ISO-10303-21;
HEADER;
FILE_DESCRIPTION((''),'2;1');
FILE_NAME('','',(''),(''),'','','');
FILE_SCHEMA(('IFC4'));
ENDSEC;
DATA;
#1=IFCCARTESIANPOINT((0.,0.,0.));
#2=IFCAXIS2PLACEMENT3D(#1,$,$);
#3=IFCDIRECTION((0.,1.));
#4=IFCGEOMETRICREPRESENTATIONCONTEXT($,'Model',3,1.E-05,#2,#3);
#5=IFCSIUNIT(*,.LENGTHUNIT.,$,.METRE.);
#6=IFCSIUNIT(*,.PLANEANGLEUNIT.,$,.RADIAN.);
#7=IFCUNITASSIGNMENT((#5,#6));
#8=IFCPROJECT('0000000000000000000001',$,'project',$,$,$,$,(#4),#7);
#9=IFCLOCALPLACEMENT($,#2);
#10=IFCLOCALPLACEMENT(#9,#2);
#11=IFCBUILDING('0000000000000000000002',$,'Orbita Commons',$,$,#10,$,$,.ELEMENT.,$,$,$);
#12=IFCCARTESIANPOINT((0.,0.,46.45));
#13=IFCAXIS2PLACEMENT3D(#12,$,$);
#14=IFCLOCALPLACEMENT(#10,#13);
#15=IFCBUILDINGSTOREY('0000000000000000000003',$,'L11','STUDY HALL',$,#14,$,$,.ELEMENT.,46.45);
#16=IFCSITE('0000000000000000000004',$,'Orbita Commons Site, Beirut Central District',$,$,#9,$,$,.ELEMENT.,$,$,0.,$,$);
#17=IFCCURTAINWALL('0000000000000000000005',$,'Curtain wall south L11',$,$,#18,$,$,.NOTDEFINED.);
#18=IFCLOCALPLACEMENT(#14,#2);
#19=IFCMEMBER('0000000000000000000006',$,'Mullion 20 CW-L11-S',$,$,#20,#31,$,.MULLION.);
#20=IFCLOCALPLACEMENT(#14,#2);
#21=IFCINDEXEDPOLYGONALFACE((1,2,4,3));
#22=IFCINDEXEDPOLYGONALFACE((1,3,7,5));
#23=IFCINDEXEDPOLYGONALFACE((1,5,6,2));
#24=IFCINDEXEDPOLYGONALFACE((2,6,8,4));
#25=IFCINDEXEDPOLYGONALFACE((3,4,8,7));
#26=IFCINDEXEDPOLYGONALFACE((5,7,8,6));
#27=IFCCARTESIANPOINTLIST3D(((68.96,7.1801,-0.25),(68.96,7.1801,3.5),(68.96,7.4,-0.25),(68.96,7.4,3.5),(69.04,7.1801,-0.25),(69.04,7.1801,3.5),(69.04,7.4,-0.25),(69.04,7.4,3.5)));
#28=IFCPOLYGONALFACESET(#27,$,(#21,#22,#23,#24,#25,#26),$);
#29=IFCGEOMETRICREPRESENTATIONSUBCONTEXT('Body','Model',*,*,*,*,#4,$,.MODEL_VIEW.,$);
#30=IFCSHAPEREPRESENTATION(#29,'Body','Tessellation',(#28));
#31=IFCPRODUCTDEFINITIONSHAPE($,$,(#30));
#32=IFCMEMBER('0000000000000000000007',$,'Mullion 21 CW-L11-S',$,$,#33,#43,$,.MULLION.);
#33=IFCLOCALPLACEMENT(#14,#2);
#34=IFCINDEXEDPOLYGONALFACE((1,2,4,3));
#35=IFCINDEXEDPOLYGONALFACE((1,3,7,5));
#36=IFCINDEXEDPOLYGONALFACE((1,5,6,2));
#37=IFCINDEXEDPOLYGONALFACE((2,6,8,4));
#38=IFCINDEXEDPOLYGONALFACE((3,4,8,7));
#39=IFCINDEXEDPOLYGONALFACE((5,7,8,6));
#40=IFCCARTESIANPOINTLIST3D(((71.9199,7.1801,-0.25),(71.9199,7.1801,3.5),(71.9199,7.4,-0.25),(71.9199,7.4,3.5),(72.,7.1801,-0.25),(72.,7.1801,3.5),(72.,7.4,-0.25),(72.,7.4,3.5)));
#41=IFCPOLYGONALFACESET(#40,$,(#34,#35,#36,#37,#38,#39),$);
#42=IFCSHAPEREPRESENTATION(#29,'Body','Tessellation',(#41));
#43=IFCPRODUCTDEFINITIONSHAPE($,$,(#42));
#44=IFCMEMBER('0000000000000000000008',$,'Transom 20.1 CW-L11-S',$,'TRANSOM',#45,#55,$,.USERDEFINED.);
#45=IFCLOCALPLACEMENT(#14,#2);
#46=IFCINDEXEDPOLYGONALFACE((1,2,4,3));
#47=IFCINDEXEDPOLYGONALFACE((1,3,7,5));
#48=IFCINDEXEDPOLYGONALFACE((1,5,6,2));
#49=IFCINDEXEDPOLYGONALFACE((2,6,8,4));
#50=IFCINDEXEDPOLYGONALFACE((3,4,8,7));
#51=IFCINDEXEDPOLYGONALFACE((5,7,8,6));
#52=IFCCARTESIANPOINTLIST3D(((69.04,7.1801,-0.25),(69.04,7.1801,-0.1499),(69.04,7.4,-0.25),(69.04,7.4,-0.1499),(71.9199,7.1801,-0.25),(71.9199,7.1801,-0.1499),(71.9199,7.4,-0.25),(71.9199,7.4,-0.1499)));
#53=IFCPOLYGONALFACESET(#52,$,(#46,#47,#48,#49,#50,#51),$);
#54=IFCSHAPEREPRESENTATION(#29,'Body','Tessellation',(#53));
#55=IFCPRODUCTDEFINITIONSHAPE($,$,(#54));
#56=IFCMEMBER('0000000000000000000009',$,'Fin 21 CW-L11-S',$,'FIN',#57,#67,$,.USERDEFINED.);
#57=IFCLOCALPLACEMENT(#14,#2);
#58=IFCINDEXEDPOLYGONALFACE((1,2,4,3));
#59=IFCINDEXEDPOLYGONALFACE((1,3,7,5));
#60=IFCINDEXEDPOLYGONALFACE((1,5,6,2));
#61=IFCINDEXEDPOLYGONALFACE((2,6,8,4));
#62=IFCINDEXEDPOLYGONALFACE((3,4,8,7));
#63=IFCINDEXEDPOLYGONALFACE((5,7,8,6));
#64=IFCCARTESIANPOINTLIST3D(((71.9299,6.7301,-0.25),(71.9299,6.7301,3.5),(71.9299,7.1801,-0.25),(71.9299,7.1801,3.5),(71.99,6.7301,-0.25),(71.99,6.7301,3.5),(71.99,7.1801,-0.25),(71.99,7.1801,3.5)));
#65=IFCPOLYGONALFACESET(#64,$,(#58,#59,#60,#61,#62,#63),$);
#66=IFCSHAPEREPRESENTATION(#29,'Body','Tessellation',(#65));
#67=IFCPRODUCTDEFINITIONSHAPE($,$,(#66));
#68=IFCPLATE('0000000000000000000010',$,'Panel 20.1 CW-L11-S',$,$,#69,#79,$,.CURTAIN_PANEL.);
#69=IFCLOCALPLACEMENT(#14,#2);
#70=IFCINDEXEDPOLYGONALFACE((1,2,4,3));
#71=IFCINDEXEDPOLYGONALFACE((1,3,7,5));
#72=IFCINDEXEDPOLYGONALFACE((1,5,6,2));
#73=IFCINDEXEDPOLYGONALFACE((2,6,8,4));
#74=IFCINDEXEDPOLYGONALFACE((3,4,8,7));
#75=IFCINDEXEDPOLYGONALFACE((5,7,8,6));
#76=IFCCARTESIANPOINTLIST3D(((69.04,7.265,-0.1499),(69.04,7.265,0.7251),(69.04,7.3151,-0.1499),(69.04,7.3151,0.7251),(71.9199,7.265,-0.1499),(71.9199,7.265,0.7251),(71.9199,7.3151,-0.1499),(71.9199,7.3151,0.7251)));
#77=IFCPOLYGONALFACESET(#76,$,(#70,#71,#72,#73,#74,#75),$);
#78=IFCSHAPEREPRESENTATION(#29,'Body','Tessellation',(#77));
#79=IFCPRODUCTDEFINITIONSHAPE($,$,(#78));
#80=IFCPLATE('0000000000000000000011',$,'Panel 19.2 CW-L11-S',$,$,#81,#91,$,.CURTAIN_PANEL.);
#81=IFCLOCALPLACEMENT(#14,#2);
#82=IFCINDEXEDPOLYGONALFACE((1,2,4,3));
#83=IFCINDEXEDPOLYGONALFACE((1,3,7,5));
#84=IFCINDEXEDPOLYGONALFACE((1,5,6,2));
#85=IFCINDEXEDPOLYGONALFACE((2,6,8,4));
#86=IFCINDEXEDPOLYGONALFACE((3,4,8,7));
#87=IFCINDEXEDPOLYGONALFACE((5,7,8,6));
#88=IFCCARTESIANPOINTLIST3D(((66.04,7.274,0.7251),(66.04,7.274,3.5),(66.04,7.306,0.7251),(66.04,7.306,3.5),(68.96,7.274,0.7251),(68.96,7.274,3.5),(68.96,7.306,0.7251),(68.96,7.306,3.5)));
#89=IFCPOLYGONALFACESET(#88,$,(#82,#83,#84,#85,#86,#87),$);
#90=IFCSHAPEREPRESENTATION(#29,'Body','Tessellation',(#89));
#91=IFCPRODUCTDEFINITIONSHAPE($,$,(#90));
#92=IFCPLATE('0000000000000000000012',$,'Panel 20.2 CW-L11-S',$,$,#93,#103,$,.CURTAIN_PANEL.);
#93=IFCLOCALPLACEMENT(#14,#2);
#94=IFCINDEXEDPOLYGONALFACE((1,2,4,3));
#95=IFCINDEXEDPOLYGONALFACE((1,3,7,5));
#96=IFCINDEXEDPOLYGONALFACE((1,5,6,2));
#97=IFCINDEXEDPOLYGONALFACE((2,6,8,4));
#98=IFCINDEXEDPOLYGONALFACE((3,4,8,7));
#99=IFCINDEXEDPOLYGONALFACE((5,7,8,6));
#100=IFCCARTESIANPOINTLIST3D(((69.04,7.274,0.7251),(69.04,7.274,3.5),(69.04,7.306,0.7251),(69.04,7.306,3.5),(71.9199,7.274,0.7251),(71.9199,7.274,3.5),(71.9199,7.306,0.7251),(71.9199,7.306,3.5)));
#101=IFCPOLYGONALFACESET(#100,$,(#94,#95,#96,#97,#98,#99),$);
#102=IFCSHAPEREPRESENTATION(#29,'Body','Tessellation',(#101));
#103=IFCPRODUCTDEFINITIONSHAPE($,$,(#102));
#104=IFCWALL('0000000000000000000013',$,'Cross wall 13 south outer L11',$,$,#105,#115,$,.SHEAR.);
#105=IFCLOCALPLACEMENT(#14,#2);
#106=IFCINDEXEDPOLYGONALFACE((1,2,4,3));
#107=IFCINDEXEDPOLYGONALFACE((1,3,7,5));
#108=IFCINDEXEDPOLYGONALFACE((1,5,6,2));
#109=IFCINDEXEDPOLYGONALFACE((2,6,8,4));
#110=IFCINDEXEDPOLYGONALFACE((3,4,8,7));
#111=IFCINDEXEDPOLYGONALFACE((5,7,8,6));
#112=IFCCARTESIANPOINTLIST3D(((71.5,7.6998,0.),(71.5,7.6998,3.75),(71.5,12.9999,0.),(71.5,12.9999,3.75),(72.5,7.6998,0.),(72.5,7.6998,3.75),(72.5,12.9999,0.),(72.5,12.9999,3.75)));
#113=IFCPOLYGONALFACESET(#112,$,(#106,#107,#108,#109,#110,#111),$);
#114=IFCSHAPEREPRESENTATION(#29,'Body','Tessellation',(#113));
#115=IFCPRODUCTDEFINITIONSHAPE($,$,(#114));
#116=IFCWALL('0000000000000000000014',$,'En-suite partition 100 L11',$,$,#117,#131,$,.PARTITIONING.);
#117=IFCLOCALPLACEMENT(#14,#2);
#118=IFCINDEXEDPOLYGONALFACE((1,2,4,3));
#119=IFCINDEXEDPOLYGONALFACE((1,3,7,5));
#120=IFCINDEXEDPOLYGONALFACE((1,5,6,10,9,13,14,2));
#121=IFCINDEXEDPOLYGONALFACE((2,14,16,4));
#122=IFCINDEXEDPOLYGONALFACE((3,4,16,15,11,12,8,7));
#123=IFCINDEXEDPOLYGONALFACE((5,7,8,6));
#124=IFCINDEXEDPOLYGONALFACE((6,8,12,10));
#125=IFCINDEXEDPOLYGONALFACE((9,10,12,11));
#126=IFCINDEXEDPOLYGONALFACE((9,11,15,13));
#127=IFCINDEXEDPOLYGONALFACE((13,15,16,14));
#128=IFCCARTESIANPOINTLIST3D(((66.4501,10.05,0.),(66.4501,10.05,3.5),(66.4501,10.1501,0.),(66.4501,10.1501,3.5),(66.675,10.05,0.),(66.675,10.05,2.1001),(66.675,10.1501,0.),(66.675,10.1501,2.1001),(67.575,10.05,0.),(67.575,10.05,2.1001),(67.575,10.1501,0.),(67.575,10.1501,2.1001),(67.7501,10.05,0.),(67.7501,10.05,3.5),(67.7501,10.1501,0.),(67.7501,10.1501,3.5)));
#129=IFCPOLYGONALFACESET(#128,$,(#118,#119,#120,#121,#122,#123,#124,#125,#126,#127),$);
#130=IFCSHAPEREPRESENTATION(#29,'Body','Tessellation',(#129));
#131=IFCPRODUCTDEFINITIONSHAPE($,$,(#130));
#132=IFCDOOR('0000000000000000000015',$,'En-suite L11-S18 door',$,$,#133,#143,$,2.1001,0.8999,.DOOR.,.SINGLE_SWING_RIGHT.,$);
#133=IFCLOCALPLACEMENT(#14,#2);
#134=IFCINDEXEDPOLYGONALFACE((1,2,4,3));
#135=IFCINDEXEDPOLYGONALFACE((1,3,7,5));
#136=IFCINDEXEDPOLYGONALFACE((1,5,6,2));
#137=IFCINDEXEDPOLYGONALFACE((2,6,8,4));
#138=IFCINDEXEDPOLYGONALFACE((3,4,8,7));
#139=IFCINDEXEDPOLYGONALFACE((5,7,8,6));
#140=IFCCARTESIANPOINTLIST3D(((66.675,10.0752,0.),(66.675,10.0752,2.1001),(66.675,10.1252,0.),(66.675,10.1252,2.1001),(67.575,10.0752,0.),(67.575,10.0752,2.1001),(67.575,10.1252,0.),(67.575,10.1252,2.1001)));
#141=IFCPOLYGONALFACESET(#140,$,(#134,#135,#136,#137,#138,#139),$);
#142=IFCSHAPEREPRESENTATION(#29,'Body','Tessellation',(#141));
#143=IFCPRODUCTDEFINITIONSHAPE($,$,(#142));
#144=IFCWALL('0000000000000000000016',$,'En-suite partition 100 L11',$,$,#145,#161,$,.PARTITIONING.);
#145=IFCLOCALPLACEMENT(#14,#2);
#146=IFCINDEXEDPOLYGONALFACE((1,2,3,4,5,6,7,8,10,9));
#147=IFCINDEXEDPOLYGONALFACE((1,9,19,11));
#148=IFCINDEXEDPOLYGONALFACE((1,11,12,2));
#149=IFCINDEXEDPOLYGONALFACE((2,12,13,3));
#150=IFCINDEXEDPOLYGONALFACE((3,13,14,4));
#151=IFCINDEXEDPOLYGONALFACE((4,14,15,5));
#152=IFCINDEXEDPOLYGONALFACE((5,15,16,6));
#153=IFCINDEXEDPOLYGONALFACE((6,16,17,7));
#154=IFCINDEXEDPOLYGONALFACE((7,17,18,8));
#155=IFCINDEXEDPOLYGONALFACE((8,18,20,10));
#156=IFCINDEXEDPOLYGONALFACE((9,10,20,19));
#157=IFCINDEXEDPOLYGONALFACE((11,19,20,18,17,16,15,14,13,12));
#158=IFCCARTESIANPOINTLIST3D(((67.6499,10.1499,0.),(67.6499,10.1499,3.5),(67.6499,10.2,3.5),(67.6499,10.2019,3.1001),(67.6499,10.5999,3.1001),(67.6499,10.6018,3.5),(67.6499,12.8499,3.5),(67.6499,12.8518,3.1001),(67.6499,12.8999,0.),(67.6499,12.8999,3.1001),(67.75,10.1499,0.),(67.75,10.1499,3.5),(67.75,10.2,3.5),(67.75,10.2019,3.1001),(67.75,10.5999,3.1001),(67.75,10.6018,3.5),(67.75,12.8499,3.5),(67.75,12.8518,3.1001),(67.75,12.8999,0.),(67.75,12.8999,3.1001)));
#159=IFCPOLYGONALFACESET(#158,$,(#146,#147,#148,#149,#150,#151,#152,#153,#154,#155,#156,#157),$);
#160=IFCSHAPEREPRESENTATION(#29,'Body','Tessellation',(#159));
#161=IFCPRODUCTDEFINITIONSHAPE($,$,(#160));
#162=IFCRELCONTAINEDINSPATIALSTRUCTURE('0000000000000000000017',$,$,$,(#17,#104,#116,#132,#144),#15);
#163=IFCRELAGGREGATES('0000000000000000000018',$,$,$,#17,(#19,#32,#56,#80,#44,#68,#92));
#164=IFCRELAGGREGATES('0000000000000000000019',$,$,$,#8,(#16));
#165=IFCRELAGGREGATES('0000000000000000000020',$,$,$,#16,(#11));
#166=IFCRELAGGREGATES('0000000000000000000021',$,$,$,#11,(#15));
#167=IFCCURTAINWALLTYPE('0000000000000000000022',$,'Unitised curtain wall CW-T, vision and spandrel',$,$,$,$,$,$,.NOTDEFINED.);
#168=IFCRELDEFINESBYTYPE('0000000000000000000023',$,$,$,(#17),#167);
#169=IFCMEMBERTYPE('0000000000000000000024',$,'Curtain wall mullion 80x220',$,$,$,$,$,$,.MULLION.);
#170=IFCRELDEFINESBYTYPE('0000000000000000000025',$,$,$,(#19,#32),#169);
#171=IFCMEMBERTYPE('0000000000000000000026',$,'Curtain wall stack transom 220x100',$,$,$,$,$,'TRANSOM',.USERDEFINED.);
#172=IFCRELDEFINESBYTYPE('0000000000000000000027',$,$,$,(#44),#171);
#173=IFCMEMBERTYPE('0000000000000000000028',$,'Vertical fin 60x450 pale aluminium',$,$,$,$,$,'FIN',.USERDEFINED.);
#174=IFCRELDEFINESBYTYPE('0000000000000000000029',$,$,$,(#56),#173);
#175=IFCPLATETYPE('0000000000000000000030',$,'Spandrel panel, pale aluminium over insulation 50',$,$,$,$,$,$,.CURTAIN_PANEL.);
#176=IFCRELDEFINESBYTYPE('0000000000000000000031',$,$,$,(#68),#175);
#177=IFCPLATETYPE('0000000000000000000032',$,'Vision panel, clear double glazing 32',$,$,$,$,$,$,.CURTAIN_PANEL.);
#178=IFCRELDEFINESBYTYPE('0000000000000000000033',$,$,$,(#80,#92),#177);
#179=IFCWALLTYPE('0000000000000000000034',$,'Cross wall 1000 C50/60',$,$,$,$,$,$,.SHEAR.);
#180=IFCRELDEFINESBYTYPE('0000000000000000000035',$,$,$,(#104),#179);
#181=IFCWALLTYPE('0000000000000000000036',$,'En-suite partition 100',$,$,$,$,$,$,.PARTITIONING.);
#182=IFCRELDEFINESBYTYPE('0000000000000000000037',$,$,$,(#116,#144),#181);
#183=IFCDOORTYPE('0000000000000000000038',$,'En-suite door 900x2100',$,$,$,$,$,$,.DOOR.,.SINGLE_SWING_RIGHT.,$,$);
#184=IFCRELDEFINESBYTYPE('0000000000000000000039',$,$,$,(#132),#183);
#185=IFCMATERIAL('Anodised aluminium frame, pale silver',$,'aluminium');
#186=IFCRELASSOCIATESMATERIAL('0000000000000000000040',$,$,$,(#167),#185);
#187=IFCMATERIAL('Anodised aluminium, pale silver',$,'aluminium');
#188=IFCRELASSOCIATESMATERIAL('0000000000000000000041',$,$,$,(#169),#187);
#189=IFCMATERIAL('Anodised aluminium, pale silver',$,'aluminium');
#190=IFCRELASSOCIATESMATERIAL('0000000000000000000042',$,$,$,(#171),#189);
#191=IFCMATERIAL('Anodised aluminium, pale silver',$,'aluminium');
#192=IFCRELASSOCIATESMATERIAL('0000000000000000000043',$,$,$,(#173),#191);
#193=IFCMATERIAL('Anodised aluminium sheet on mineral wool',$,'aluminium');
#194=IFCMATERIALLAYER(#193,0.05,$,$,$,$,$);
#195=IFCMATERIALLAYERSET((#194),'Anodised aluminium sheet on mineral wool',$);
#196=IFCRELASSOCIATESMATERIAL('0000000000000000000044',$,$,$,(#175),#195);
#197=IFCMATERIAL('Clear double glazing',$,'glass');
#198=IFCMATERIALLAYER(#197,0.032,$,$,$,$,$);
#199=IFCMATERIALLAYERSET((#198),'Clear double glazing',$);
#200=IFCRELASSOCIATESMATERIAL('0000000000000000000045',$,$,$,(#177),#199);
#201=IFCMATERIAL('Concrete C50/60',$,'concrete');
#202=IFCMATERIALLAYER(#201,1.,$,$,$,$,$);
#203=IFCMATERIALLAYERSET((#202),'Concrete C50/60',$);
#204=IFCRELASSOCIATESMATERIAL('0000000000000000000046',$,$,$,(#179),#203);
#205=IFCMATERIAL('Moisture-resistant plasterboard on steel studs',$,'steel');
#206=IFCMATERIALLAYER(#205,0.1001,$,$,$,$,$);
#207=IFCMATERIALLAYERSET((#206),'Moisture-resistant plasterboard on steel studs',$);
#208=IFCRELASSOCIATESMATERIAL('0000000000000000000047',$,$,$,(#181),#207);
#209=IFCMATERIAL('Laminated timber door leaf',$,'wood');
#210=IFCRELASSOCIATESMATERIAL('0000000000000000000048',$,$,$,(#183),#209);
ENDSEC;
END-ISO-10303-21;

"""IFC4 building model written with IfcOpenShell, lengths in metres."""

from ifc_helpers import new_model, si_unit, direction, frame, frame_2d, origin, origin_2d, place, context, subcontext, project, spatial, polyline, rectangle, outline, extrude, material, layer, layer_set, material_profile, profile_set, type_object, element, fill, aggregate, save


model = new_model("IFC4")

# Units and contexts
model_context = context("Model", 3, precision=1e-05, world=origin(), true_north=direction((0.0, 1.0)))
body_context = subcontext(model_context, "Body", "Model", "MODEL_VIEW")
ifc_project = project(units=[si_unit("LENGTHUNIT", "METRE"), si_unit("PLANEANGLEUNIT", "RADIAN")], contexts=[model_context])

# Site, building, storey
site_placement = place(None, origin())
site = spatial("IfcSite", under=ifc_project, at=site_placement, Name="Orbita Commons Site, Beirut Central District", CompositionType="ELEMENT", RefElevation=0.0)
building_placement = place(site_placement, origin())
building = spatial("IfcBuilding", under=site, at=building_placement, Name="Orbita Commons", CompositionType="ELEMENT")
storey_placement = place(building_placement, frame((0.0, 0.0, 46.45)))
storey = spatial("IfcBuildingStorey", under=building, at=storey_placement, Name="L11", Description="STUDY HALL", CompositionType="ELEMENT", Elevation=46.45)

# Curtain wall, members, plates
ifc_material_1 = material(Name="Anodised aluminium frame, pale silver", Category="aluminium")
curtain_wall_type = type_object("IfcCurtainWallType", Name="Unitised curtain wall CW-T, vision and spandrel", PredefinedType="NOTDEFINED", material=ifc_material_1)
curtain_wall_placement = place(storey_placement, origin())
curtain_wall = element("IfcCurtainWall", 1, at=curtain_wall_placement, inside=storey, type_object=curtain_wall_type, Name="Curtain wall south L11", PredefinedType="NOTDEFINED")
ifc_material_2 = material(Name="Anodised aluminium, pale silver", Category="aluminium")
ifc_material_profile_1 = material_profile(ifc_material_2, rectangle(XDim=0.0801, YDim=0.22, at=origin_2d()), Name="AL 80x220")
ifc_profile_set_1 = profile_set([ifc_material_profile_1], Name="Anodised aluminium, pale silver")
member_type_1 = type_object("IfcMemberType", Name="Curtain wall mullion 80x220", PredefinedType="MULLION", material=ifc_profile_set_1)
member_1_placement = place(storey_placement, frame((69.0, 7.29, -0.25), z_axis=(0.0, 0.0, 1.0), x_axis=(1.0, 0.0, 0.0)))
member_1 = element("IfcMember", 2, at=member_1_placement, type_object=member_type_1, Name="Mullion 20 CW-L11-S", PredefinedType="MULLION", context=body_context, shape_type="SweptSolid", body=[
    extrude(rectangle(XDim=0.0801, YDim=0.22, at=origin_2d()), origin(), (0.0, 0.0, 1.0), 3.75),
])
member_2_placement = place(storey_placement, frame((71.96, 7.29, -0.25), z_axis=(0.0, 0.0, 1.0), x_axis=(1.0, 0.0, 0.0)))
member_2 = element("IfcMember", 3, at=member_2_placement, type_object=member_type_1, Name="Mullion 21 CW-L11-S", PredefinedType="MULLION", context=body_context, shape_type="SweptSolid", body=[
    extrude(rectangle(XDim=0.0801, YDim=0.22, at=origin_2d()), origin(), (0.0, 0.0, 1.0), 3.75),
])
ifc_material_3 = material(Name="Anodised aluminium, pale silver", Category="aluminium")
ifc_material_profile_2 = material_profile(ifc_material_3, rectangle(XDim=0.22, YDim=0.1001, at=origin_2d()), Name="AL 220x100")
ifc_profile_set_2 = profile_set([ifc_material_profile_2], Name="Anodised aluminium, pale silver")
member_type_2 = type_object("IfcMemberType", Name="Curtain wall stack transom 220x100", ElementType="TRANSOM", PredefinedType="USERDEFINED", material=ifc_profile_set_2)
member_3_placement = place(storey_placement, frame((69.04, 7.29, -0.2), z_axis=(1.0, 0.0, 0.0), x_axis=(0.0, 1.0, 0.0)))
member_3 = element("IfcMember", 4, at=member_3_placement, type_object=member_type_2, Name="Transom 20.1 CW-L11-S", ObjectType="TRANSOM", PredefinedType="USERDEFINED", context=body_context, shape_type="SweptSolid", body=[
    extrude(rectangle(XDim=0.22, YDim=0.1001, at=origin_2d()), origin(), (0.0, 0.0, 1.0), 2.8799),
])
ifc_material_4 = material(Name="Anodised aluminium, pale silver", Category="aluminium")
ifc_material_profile_3 = material_profile(ifc_material_4, rectangle(XDim=0.0601, YDim=0.45, at=origin_2d()), Name="FIN 60x450")
ifc_profile_set_3 = profile_set([ifc_material_profile_3], Name="Anodised aluminium, pale silver")
member_type_3 = type_object("IfcMemberType", Name="Vertical fin 60x450 pale aluminium", ElementType="FIN", PredefinedType="USERDEFINED", material=ifc_profile_set_3)
member_4_placement = place(storey_placement, frame((71.96, 6.9551, -0.25), z_axis=(0.0, 0.0, 1.0), x_axis=(1.0, 0.0, 0.0)))
member_4 = element("IfcMember", 5, at=member_4_placement, type_object=member_type_3, Name="Fin 21 CW-L11-S", ObjectType="FIN", PredefinedType="USERDEFINED", context=body_context, shape_type="SweptSolid", body=[
    extrude(rectangle(XDim=0.0601, YDim=0.45, at=origin_2d()), origin(), (0.0, 0.0, 1.0), 3.75),
])
ifc_material_5 = material(Name="Anodised aluminium sheet on mineral wool", Category="aluminium")
ifc_layer_1 = layer(ifc_material_5, 0.05)
ifc_layer_set_1 = layer_set([ifc_layer_1], Name="Anodised aluminium sheet on mineral wool")
plate_type_1 = type_object("IfcPlateType", Name="Spandrel panel, pale aluminium over insulation 50", PredefinedType="CURTAIN_PANEL", material=ifc_layer_set_1)
plate_1_placement = place(storey_placement, frame((70.48, 7.29, -0.1499), z_axis=(0.0, 0.0, 1.0), x_axis=(1.0, 0.0, 0.0)))
plate_1 = element("IfcPlate", 6, at=plate_1_placement, type_object=plate_type_1, Name="Panel 20.1 CW-L11-S", PredefinedType="CURTAIN_PANEL", context=body_context, shape_type="SweptSolid", body=[
    extrude(rectangle(XDim=2.8799, YDim=0.05, at=origin_2d()), origin(), (0.0, 0.0, 1.0), 0.875),
])
ifc_material_6 = material(Name="Clear double glazing", Category="glass")
ifc_layer_2 = layer(ifc_material_6, 0.032)
ifc_layer_set_2 = layer_set([ifc_layer_2], Name="Clear double glazing")
plate_type_2 = type_object("IfcPlateType", Name="Vision panel, clear double glazing 32", PredefinedType="CURTAIN_PANEL", material=ifc_layer_set_2)
plate_2_placement = place(storey_placement, frame((67.5, 7.29, 0.7251), z_axis=(0.0, 0.0, 1.0), x_axis=(1.0, 0.0, 0.0)))
plate_2 = element("IfcPlate", 7, at=plate_2_placement, type_object=plate_type_2, Name="Panel 19.2 CW-L11-S", PredefinedType="CURTAIN_PANEL", context=body_context, shape_type="SweptSolid", body=[
    extrude(rectangle(XDim=2.9199, YDim=0.032, at=origin_2d()), origin(), (0.0, 0.0, 1.0), 2.7749),
])
plate_3_placement = place(storey_placement, frame((70.48, 7.29, 0.7251), z_axis=(0.0, 0.0, 1.0), x_axis=(1.0, 0.0, 0.0)))
plate_3 = element("IfcPlate", 8, at=plate_3_placement, type_object=plate_type_2, Name="Panel 20.2 CW-L11-S", PredefinedType="CURTAIN_PANEL", context=body_context, shape_type="SweptSolid", body=[
    extrude(rectangle(XDim=2.8799, YDim=0.032, at=origin_2d()), origin(), (0.0, 0.0, 1.0), 2.7749),
])
aggregate(curtain_wall, [member_1, member_2, member_4, plate_2, member_3, plate_1, plate_3])

# Wall
ifc_material_7 = material(Name="Concrete C50/60", Category="concrete")
ifc_layer_3 = layer(ifc_material_7, 1.0)
ifc_layer_set_3 = layer_set([ifc_layer_3], Name="Concrete C50/60")
wall_type_1 = type_object("IfcWallType", Name="Cross wall 1000 C50/60", PredefinedType="SHEAR", material=ifc_layer_set_3)
wall_1_placement = place(storey_placement, frame((72.0, 7.7, 0.0), z_axis=(0.0, 0.0, 1.0), x_axis=(0.0, 1.0, 0.0)))
element("IfcWall", 9, at=wall_1_placement, inside=storey, type_object=wall_type_1, Name="Cross wall 13 south outer L11", PredefinedType="SHEAR", context=body_context, shape_type="SweptSolid", body=[
    extrude(rectangle(XDim=5.3, YDim=1.0, at=frame_2d((2.6499, 0.0))), origin(), (0.0, 0.0, 1.0), 3.75),
])

# Wall, opening, door
ifc_material_8 = material(Name="Moisture-resistant plasterboard on steel studs", Category="steel")
ifc_layer_4 = layer(ifc_material_8, 0.1001)
ifc_layer_set_4 = layer_set([ifc_layer_4], Name="Moisture-resistant plasterboard on steel studs")
wall_type_2 = type_object("IfcWallType", Name="En-suite partition 100", PredefinedType="PARTITIONING", material=ifc_layer_set_4)
wall_2_placement = place(storey_placement, frame((67.75, 10.1001, 0.0), z_axis=(0.0, 0.0, 1.0), x_axis=(-1.0, 0.0, 0.0)))
wall_2 = element("IfcWall", 10, at=wall_2_placement, inside=storey, type_object=wall_type_2, Name="En-suite partition 100 L11", PredefinedType="PARTITIONING", context=body_context, shape_type="SweptSolid", body=[
    extrude(rectangle(XDim=1.3, YDim=0.1001, at=frame_2d((0.6499, 0.0))), origin(), (0.0, 0.0, 1.0), 3.5),
])
opening_1_placement = place(wall_2_placement, frame((0.175, 0.0, 0.0)))
opening_1 = element("IfcOpeningElement", 11, at=opening_1_placement, cuts=wall_2, PredefinedType="OPENING", context=body_context, shape_type="SweptSolid", body=[
    extrude(rectangle(XDim=0.8999, YDim=2.1001, at=frame_2d((0.45, 1.05))), frame((0.0, 0.0601, 0.0), z_axis=(0.0, -1.0, 0.0), x_axis=(1.0, 0.0, 0.0)), (0.0, 0.0, 1.0), 0.1201),
])
ifc_material_9 = material(Name="Laminated timber door leaf", Category="wood")
door_type = type_object("IfcDoorType", Name="En-suite door 900x2100", OperationType="SINGLE_SWING_RIGHT", PredefinedType="DOOR", material=ifc_material_9)
door_1_placement = place(opening_1_placement, origin())
door_1 = element("IfcDoor", 12, at=door_1_placement, inside=storey, type_object=door_type, Name="En-suite L11-S18 door", OperationType="SINGLE_SWING_RIGHT", OverallHeight=2.1001, OverallWidth=0.8999, PredefinedType="DOOR", context=body_context, shape_type="SweptSolid", body=[
    extrude(rectangle(XDim=0.8999, YDim=2.1001, at=frame_2d((0.45, 1.05))), frame((0.0, 0.0249, 0.0), z_axis=(0.0, -1.0, 0.0), x_axis=(1.0, 0.0, 0.0)), (0.0, 0.0, 1.0), 0.05),
])
fill(opening_1, door_1)

# Wall
wall_3_placement = place(storey_placement, frame((67.7, 10.1499, 0.0), z_axis=(0.0, 0.0, 1.0), x_axis=(0.0, 1.0, 0.0)))
element("IfcWall", 13, at=wall_3_placement, inside=storey, type_object=wall_type_2, Name="En-suite partition 100 L11", PredefinedType="PARTITIONING", context=body_context, shape_type="SweptSolid", body=[
    extrude(outline(polyline([(0.0, 0.0), (2.75, 0.0), (2.75, 3.1001), (2.7019, 3.1001), (2.7, 3.5), (0.4519, 3.5), (0.45, 3.1001), (0.052, 3.1001), (0.05, 3.5), (0.0, 3.5), (0.0, 0.0)])), frame((0.0, 0.05, 0.0), z_axis=(0.0, -1.0, 0.0), x_axis=(1.0, 0.0, 0.0)), (0.0, 0.0, 1.0), 0.1001),
])

save(model, "model.ifc")
